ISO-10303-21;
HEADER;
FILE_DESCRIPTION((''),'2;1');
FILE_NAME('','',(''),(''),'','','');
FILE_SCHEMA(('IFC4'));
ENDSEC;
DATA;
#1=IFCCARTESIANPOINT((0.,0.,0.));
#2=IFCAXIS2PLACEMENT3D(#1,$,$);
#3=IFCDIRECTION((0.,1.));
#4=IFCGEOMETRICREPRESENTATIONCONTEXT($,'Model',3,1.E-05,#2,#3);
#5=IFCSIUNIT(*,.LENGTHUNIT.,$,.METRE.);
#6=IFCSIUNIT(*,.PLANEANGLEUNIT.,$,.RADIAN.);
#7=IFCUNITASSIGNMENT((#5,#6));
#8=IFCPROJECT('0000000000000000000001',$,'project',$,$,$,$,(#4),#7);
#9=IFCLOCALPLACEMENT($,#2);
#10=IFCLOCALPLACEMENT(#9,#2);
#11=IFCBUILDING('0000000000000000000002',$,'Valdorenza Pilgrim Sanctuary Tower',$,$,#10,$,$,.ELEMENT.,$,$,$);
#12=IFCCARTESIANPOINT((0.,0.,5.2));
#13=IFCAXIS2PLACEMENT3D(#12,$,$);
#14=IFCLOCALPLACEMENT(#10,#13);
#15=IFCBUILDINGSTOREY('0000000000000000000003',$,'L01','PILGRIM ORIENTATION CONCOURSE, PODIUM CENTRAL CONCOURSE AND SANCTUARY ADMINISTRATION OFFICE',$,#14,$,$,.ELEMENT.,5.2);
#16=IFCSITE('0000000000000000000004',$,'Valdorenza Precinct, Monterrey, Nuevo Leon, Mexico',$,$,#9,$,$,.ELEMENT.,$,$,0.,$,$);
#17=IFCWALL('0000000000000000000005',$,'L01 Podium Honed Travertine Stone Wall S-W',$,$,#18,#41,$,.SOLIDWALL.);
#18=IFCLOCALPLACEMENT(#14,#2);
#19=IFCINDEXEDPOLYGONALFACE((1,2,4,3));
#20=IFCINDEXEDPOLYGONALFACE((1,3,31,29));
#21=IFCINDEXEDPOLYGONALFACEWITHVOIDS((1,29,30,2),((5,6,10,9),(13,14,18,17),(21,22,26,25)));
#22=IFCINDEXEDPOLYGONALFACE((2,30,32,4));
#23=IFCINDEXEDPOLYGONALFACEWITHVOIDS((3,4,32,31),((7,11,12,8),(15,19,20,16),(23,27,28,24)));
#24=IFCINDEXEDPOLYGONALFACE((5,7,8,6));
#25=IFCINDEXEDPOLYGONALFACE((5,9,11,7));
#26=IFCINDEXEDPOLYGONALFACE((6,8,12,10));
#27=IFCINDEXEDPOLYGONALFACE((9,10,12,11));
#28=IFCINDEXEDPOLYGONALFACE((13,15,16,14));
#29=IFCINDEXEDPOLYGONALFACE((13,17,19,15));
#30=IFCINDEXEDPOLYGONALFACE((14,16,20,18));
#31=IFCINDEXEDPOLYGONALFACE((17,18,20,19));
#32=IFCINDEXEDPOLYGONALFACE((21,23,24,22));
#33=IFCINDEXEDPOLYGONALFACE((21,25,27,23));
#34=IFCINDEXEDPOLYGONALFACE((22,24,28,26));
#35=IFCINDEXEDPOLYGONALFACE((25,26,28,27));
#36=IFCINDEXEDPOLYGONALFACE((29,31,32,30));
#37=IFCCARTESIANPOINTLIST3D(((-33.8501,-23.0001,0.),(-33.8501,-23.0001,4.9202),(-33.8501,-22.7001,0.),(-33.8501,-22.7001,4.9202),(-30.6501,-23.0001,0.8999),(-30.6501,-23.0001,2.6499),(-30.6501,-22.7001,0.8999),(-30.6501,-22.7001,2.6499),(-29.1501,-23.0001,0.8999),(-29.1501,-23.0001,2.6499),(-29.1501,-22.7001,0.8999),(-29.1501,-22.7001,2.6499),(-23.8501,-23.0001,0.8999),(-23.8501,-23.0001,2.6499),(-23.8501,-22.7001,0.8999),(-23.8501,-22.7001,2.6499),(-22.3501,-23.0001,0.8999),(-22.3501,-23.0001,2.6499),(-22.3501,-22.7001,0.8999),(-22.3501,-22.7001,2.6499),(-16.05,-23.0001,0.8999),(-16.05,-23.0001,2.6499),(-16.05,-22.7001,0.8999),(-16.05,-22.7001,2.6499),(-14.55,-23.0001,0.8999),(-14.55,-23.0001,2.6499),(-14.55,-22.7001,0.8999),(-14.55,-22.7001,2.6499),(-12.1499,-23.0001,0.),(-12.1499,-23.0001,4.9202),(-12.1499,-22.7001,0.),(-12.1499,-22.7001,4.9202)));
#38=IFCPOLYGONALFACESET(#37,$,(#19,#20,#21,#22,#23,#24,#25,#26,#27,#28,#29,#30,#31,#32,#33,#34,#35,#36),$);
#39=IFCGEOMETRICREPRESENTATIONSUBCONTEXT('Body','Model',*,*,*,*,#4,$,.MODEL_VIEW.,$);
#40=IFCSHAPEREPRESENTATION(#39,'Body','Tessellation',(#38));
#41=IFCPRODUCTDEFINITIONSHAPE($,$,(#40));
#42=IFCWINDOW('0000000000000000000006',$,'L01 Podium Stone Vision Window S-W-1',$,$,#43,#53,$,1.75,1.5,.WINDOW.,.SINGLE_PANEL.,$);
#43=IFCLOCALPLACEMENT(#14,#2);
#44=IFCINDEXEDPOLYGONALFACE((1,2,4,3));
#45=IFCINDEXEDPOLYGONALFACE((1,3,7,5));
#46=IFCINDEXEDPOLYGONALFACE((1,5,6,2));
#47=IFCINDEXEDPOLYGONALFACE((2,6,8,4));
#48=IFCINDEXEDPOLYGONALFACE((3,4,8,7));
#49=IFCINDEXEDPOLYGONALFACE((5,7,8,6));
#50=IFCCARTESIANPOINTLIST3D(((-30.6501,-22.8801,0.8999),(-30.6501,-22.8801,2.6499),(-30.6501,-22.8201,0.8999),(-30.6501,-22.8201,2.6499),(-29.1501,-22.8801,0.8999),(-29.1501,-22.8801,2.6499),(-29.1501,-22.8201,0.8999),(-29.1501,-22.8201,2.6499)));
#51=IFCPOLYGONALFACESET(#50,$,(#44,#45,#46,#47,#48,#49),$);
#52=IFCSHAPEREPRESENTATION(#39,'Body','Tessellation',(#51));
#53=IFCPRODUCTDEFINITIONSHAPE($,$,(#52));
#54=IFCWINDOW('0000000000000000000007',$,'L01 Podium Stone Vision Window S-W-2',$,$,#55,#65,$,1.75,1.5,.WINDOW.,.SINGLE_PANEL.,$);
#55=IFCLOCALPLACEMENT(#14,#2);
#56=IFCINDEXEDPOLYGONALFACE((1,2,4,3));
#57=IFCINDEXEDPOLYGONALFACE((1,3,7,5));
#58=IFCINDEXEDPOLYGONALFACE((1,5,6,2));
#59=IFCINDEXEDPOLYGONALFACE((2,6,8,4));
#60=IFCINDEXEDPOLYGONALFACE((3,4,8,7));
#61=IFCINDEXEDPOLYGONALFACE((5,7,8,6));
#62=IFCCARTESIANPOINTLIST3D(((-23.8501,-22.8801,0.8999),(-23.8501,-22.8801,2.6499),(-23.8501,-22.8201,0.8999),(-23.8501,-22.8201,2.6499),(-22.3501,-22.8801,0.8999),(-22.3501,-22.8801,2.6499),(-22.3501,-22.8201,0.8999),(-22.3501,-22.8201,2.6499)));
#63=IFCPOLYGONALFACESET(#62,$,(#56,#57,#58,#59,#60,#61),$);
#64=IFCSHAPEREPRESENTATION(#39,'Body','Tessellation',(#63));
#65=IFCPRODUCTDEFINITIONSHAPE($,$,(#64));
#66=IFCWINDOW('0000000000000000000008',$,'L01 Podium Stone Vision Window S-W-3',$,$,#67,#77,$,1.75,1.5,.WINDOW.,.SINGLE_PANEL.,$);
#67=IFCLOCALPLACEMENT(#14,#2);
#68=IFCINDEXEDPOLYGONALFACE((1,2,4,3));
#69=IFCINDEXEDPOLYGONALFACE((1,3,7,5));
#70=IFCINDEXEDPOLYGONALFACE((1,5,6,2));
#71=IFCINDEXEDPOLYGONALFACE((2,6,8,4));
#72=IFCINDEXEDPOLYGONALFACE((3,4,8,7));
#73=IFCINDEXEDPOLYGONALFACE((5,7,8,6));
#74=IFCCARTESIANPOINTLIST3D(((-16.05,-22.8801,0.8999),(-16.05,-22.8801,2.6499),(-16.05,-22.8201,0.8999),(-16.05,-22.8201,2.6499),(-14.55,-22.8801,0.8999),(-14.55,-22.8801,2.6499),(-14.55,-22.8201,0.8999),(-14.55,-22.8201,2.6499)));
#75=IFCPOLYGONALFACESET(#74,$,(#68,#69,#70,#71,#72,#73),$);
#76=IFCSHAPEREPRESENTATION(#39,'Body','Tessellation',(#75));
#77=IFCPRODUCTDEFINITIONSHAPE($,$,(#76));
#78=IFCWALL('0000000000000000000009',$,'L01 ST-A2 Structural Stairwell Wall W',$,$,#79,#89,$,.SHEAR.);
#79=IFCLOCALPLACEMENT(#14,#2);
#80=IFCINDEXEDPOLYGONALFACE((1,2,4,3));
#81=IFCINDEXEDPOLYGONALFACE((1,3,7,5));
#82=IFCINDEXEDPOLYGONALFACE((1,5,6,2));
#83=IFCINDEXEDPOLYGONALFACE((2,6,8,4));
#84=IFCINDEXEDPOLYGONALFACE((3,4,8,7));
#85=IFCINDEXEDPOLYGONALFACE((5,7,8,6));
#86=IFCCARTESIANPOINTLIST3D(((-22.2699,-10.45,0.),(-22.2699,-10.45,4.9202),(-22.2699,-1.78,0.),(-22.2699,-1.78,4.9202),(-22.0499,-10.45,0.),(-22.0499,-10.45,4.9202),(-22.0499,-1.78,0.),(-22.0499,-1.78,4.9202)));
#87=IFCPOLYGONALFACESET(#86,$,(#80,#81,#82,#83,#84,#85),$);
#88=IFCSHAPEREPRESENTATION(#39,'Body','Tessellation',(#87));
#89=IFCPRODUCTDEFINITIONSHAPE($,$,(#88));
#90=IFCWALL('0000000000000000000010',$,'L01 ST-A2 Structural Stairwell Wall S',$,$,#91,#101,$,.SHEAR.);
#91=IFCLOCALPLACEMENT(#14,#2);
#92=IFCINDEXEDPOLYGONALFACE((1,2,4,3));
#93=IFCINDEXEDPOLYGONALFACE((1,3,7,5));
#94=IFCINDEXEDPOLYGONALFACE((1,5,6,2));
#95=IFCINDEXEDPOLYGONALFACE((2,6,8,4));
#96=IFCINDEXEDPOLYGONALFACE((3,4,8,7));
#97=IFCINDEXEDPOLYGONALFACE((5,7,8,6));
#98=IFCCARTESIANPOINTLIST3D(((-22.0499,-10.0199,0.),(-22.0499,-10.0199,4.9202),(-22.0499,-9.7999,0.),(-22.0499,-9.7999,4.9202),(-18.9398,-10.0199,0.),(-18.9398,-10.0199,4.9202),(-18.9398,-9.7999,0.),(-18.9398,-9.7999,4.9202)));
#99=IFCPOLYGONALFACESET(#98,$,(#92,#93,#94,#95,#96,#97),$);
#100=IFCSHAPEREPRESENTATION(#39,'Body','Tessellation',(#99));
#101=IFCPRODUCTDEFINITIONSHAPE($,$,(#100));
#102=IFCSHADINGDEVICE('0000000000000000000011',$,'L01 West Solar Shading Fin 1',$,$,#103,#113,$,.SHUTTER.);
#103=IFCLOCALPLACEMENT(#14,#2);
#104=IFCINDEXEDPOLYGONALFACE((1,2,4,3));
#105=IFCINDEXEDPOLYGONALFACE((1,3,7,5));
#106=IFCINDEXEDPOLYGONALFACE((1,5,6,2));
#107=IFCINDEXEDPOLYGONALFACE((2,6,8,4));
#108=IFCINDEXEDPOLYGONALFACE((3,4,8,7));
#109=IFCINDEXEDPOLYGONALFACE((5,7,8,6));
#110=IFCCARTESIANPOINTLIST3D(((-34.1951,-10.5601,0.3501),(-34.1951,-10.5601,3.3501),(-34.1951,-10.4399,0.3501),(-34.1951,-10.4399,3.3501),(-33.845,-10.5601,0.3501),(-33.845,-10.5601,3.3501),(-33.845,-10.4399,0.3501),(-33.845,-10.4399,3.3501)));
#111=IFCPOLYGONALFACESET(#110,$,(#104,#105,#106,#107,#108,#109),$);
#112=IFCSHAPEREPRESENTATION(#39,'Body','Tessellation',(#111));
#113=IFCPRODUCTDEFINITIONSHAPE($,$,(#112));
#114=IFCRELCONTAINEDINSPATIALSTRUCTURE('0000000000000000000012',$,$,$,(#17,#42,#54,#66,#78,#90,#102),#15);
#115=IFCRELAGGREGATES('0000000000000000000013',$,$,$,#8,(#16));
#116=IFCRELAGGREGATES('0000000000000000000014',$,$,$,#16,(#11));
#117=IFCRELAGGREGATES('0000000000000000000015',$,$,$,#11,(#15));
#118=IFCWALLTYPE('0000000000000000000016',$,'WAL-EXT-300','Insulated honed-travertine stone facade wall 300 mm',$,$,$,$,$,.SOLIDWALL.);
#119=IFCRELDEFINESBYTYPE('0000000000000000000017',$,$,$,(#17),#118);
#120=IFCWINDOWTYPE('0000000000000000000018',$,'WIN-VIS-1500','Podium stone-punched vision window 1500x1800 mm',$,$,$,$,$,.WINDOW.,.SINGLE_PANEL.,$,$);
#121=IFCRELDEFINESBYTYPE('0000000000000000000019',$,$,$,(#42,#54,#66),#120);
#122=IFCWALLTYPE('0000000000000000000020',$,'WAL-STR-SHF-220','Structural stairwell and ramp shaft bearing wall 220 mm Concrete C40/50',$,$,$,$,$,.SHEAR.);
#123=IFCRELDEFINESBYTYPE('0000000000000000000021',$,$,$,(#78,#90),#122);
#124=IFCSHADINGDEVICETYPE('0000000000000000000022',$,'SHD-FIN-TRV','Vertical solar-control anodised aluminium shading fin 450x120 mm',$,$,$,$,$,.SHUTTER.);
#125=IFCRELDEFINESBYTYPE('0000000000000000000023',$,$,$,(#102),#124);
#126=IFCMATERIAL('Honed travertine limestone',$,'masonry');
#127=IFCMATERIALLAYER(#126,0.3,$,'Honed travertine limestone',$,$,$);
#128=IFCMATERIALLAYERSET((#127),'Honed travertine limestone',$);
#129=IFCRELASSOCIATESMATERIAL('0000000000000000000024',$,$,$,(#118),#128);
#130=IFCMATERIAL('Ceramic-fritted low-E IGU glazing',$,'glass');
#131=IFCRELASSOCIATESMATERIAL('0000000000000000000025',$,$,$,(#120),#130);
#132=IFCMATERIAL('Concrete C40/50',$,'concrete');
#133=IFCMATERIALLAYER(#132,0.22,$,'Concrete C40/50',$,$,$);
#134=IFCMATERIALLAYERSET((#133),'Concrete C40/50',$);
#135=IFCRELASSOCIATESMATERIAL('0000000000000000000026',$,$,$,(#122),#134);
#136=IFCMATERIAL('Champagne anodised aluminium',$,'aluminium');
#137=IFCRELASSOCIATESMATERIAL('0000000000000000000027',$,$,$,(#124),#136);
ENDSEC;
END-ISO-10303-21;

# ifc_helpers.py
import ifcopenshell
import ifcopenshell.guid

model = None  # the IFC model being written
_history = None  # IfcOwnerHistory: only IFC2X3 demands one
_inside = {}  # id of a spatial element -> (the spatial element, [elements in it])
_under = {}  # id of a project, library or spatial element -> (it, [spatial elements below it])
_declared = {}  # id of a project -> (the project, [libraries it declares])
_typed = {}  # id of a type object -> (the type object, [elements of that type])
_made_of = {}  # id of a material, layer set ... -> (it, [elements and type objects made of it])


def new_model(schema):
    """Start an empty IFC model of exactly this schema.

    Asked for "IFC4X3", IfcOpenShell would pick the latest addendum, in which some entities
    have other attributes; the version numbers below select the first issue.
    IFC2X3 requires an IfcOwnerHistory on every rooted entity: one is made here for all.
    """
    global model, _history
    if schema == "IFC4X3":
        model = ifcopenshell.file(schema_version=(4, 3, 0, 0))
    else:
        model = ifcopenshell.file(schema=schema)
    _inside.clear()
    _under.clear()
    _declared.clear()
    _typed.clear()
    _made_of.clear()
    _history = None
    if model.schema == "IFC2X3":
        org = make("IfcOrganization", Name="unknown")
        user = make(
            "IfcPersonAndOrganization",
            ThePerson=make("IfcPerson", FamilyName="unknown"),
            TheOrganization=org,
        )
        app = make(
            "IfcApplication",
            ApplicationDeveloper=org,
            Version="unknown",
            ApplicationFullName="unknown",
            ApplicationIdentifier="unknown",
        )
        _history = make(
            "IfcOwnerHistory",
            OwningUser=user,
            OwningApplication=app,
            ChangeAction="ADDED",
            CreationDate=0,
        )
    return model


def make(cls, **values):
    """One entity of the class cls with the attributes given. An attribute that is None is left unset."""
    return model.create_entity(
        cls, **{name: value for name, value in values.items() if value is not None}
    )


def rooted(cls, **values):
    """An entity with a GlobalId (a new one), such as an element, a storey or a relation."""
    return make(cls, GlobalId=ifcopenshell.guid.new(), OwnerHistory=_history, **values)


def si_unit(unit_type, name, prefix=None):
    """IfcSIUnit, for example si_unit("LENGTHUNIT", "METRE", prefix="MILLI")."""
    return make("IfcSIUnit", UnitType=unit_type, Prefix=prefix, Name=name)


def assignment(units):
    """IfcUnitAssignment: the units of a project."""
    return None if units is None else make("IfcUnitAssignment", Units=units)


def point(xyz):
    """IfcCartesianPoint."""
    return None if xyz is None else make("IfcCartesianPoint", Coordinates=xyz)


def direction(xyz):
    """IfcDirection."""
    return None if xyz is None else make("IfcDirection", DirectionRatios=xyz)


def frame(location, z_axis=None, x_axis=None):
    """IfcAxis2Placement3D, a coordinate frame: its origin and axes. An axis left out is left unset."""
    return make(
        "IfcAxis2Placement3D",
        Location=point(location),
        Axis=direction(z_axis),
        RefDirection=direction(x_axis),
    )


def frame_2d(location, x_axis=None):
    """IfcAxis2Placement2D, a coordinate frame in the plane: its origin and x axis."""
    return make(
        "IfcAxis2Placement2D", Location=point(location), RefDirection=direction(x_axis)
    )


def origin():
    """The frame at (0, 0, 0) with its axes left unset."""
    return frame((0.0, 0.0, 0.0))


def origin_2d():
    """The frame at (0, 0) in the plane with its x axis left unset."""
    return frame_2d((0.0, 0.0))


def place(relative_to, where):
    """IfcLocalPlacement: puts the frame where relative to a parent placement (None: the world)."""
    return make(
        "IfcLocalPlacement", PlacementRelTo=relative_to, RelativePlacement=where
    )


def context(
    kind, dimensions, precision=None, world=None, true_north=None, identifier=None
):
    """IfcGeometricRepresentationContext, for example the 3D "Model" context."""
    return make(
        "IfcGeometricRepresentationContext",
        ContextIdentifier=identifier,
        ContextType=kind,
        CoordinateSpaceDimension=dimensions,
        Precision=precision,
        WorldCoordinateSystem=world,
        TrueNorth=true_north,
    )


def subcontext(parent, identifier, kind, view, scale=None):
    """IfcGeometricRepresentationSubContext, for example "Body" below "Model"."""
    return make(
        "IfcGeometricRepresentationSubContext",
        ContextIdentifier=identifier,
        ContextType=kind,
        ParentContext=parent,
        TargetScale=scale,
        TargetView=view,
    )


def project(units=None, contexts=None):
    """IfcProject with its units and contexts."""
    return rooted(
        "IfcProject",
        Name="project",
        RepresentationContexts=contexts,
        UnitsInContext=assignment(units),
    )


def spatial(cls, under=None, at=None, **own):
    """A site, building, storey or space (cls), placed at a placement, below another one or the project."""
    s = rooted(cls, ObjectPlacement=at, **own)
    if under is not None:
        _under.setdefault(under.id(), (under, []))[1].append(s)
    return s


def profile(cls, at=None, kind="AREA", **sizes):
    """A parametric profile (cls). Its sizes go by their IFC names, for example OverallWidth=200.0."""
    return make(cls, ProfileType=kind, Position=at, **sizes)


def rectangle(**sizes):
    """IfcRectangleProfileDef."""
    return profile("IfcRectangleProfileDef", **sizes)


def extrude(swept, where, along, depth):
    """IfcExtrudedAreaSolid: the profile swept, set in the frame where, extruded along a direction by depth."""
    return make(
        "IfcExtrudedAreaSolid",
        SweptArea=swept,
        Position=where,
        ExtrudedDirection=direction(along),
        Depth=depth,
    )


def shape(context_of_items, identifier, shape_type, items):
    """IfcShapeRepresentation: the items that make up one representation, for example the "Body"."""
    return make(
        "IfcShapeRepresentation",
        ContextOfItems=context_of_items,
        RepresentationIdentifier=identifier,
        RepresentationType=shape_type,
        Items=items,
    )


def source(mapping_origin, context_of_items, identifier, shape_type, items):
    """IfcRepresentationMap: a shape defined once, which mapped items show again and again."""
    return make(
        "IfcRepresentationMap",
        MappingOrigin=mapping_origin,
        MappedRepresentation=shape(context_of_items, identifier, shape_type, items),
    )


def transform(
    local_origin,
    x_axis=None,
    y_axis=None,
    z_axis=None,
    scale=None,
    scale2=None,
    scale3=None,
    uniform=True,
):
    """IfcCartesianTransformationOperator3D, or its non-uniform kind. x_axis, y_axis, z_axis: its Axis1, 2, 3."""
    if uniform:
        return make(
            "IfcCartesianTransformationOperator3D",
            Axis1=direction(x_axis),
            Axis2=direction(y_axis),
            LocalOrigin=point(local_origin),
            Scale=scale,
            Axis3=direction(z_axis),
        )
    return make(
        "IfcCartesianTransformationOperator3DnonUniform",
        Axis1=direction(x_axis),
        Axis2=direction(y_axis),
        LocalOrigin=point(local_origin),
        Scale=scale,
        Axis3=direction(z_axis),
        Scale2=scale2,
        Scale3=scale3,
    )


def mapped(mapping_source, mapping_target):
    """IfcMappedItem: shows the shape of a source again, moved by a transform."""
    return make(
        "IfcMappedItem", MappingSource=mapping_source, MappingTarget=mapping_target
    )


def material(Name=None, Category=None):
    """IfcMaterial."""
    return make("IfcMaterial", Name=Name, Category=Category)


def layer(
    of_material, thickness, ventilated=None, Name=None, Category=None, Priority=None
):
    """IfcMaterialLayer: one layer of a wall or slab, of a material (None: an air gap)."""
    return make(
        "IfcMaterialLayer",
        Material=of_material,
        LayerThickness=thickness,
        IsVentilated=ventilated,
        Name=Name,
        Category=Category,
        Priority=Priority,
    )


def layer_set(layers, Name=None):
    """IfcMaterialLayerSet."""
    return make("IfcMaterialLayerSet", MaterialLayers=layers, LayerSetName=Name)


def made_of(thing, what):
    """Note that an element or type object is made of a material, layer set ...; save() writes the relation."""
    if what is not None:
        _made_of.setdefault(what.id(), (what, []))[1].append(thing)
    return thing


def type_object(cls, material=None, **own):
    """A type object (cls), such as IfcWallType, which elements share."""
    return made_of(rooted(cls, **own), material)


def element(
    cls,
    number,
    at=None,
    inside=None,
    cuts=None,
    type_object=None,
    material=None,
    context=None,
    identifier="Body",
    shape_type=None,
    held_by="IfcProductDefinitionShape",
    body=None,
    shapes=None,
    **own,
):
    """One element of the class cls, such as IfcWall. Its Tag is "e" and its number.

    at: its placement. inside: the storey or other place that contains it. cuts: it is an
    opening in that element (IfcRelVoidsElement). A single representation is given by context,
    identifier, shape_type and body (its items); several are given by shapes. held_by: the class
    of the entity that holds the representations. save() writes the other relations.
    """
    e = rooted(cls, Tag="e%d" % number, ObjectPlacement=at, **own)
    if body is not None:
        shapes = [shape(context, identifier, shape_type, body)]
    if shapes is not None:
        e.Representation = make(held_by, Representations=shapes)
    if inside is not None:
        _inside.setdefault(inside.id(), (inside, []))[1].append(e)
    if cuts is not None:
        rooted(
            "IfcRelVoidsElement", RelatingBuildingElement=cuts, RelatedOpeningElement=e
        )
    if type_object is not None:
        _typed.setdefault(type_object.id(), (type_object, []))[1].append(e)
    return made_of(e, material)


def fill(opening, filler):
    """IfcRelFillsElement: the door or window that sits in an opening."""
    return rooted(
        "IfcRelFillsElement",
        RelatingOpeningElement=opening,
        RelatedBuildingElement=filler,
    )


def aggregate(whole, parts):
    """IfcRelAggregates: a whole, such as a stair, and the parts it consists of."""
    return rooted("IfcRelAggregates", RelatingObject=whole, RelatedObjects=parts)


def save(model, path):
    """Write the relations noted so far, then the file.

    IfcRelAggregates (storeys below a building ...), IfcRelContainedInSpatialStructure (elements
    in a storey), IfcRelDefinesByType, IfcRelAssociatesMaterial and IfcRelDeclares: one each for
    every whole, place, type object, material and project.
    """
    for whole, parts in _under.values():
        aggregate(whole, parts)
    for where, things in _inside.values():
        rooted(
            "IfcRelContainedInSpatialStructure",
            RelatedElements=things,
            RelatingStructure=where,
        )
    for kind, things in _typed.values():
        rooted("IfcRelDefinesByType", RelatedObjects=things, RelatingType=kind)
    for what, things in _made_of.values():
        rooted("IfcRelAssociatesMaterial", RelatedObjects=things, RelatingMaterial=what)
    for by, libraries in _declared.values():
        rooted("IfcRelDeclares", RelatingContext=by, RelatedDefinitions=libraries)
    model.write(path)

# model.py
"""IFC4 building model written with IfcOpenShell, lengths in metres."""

from ifc_helpers import new_model, si_unit, direction, frame, frame_2d, origin, origin_2d, place, context, subcontext, project, spatial, rectangle, extrude, source, transform, mapped, material, layer, layer_set, type_object, element, fill, save


model = new_model("IFC4")

# Units and contexts
model_context = context("Model", 3, precision=1e-05, world=origin(), true_north=direction((0.0, 1.0)))
body_context = subcontext(model_context, "Body", "Model", "MODEL_VIEW")
ifc_project = project(units=[si_unit("LENGTHUNIT", "METRE"), si_unit("PLANEANGLEUNIT", "RADIAN")], contexts=[model_context])

# Site, building, storey
site_placement = place(None, origin())
site = spatial("IfcSite", under=ifc_project, at=site_placement, Name="Valdorenza Precinct, Monterrey, Nuevo Leon, Mexico", CompositionType="ELEMENT", RefElevation=0.0)
building_placement = place(site_placement, origin())
building = spatial("IfcBuilding", under=site, at=building_placement, Name="Valdorenza Pilgrim Sanctuary Tower", CompositionType="ELEMENT")
storey_placement = place(building_placement, frame((0.0, 0.0, 5.2)))
storey = spatial("IfcBuildingStorey", under=building, at=storey_placement, Name="L01", Description="PILGRIM ORIENTATION CONCOURSE, PODIUM CENTRAL CONCOURSE AND SANCTUARY ADMINISTRATION OFFICE", CompositionType="ELEMENT", Elevation=5.2)

# Wall, openings, windows
ifc_material_1 = material(Name="Honed travertine limestone", Category="masonry")
ifc_layer_1 = layer(ifc_material_1, 0.3, Name="Honed travertine limestone")
ifc_layer_set_1 = layer_set([ifc_layer_1], Name="Honed travertine limestone")
wall_type_1 = type_object("IfcWallType", Name="WAL-EXT-300", Description="Insulated honed-travertine stone facade wall 300 mm", PredefinedType="SOLIDWALL", material=ifc_layer_set_1)
ifc_material_2 = material(Name="Ceramic-fritted low-E IGU glazing", Category="glass")
window_type = type_object("IfcWindowType", Name="WIN-VIS-1500", Description="Podium stone-punched vision window 1500x1800 mm", PartitioningType="SINGLE_PANEL", PredefinedType="WINDOW", material=ifc_material_2)
wall_1_placement = place(storey_placement, frame((-33.8501, -22.8501, 0.0), z_axis=(0.0, 0.0, 1.0), x_axis=(1.0, 0.0, 0.0)))
wall_1 = element("IfcWall", 1, at=wall_1_placement, inside=storey, type_object=wall_type_1, Name="L01 Podium Honed Travertine Stone Wall S-W", PredefinedType="SOLIDWALL", context=body_context, shape_type="SweptSolid", body=[
    extrude(rectangle(XDim=21.7002, YDim=0.3, at=frame_2d((10.8501, 0.0))), origin(), (0.0, 0.0, 1.0), 4.9202),
])
opening_1_placement = place(wall_1_placement, frame((3.2, 0.0, 0.8999)))
opening_1 = element("IfcOpeningElement", 2, at=opening_1_placement, cuts=wall_1, PredefinedType="OPENING", context=body_context, shape_type="SweptSolid", body=[
    extrude(rectangle(XDim=1.5, YDim=1.75, at=frame_2d((0.75, 0.875))), frame((0.0, 0.165, 0.0), z_axis=(0.0, -1.0, 0.0), x_axis=(1.0, 0.0, 0.0)), (0.0, 0.0, 1.0), 0.3298),
])
opening_2_placement = place(wall_1_placement, frame((10.0, 0.0, 0.8999)))
opening_2 = element("IfcOpeningElement", 3, at=opening_2_placement, cuts=wall_1, PredefinedType="OPENING", context=body_context, shape_type="SweptSolid", body=[
    extrude(rectangle(XDim=1.5, YDim=1.75, at=frame_2d((0.75, 0.875))), frame((0.0, 0.165, 0.0), z_axis=(0.0, -1.0, 0.0), x_axis=(1.0, 0.0, 0.0)), (0.0, 0.0, 1.0), 0.3298),
])
opening_3_placement = place(wall_1_placement, frame((17.8, 0.0, 0.8999)))
opening_3 = element("IfcOpeningElement", 4, at=opening_3_placement, cuts=wall_1, PredefinedType="OPENING", context=body_context, shape_type="SweptSolid", body=[
    extrude(rectangle(XDim=1.5, YDim=1.75, at=frame_2d((0.75, 0.875))), frame((0.0, 0.165, 0.0), z_axis=(0.0, -1.0, 0.0), x_axis=(1.0, 0.0, 0.0)), (0.0, 0.0, 1.0), 0.3298),
])
window_1_placement = place(opening_1_placement, origin())
window_1 = element("IfcWindow", 5, at=window_1_placement, inside=storey, type_object=window_type, Name="L01 Podium Stone Vision Window S-W-1", OverallHeight=1.75, OverallWidth=1.5, PartitioningType="SINGLE_PANEL", PredefinedType="WINDOW", context=body_context, shape_type="SweptSolid", body=[
    extrude(rectangle(XDim=1.5, YDim=1.75, at=frame_2d((0.75, 0.875))), frame((0.0, 0.03, 0.0), z_axis=(0.0, -1.0, 0.0), x_axis=(1.0, 0.0, 0.0)), (0.0, 0.0, 1.0), 0.0601),
])
fill(opening_1, window_1)
window_2_placement = place(opening_2_placement, origin())
window_2 = element("IfcWindow", 6, at=window_2_placement, inside=storey, type_object=window_type, Name="L01 Podium Stone Vision Window S-W-2", OverallHeight=1.75, OverallWidth=1.5, PartitioningType="SINGLE_PANEL", PredefinedType="WINDOW", context=body_context, shape_type="SweptSolid", body=[
    extrude(rectangle(XDim=1.5, YDim=1.75, at=frame_2d((0.75, 0.875))), frame((0.0, 0.03, 0.0), z_axis=(0.0, -1.0, 0.0), x_axis=(1.0, 0.0, 0.0)), (0.0, 0.0, 1.0), 0.0601),
])
fill(opening_2, window_2)
window_3_placement = place(opening_3_placement, origin())
window_3 = element("IfcWindow", 7, at=window_3_placement, inside=storey, type_object=window_type, Name="L01 Podium Stone Vision Window S-W-3", OverallHeight=1.75, OverallWidth=1.5, PartitioningType="SINGLE_PANEL", PredefinedType="WINDOW", context=body_context, shape_type="SweptSolid", body=[
    extrude(rectangle(XDim=1.5, YDim=1.75, at=frame_2d((0.75, 0.875))), frame((0.0, 0.03, 0.0), z_axis=(0.0, -1.0, 0.0), x_axis=(1.0, 0.0, 0.0)), (0.0, 0.0, 1.0), 0.0601),
])
fill(opening_3, window_3)

# Walls
ifc_material_3 = material(Name="Concrete C40/50", Category="concrete")
ifc_layer_2 = layer(ifc_material_3, 0.22, Name="Concrete C40/50")
ifc_layer_set_2 = layer_set([ifc_layer_2], Name="Concrete C40/50")
wall_type_2 = type_object("IfcWallType", Name="WAL-STR-SHF-220", Description="Structural stairwell and ramp shaft bearing wall 220 mm Concrete C40/50", PredefinedType="SHEAR", material=ifc_layer_set_2)
wall_2_placement = place(storey_placement, frame((-22.1599, -10.45, 0.0), z_axis=(0.0, 0.0, 1.0), x_axis=(0.0, 1.0, 0.0)))
element("IfcWall", 8, at=wall_2_placement, inside=storey, type_object=wall_type_2, Name="L01 ST-A2 Structural Stairwell Wall W", PredefinedType="SHEAR", context=body_context, shape_type="SweptSolid", body=[
    extrude(rectangle(XDim=8.6699, YDim=0.22, at=frame_2d((4.335, 0.0))), origin(), (0.0, 0.0, 1.0), 4.9202),
])
wall_3_placement = place(storey_placement, frame((-22.05, -9.9099, 0.0), z_axis=(0.0, 0.0, 1.0), x_axis=(1.0, 0.0, 0.0)))
element("IfcWall", 9, at=wall_3_placement, inside=storey, type_object=wall_type_2, Name="L01 ST-A2 Structural Stairwell Wall S", PredefinedType="SHEAR", context=body_context, shape_type="SweptSolid", body=[
    extrude(rectangle(XDim=3.1101, YDim=0.22, at=frame_2d((1.5552, 0.0))), origin(), (0.0, 0.0, 1.0), 4.9202),
])

# Shading device
ifc_material_4 = material(Name="Champagne anodised aluminium", Category="aluminium")
shading_device_type = type_object("IfcShadingDeviceType", Name="SHD-FIN-TRV", Description="Vertical solar-control anodised aluminium shading fin 450x120 mm", PredefinedType="SHUTTER", material=ifc_material_4)
shared_shape_1 = source(origin(), body_context, "Body", "SweptSolid", [
    extrude(rectangle(XDim=0.3501, YDim=0.1201, at=origin_2d()), origin(), (0.0, 0.0, 1.0), 3.0),
])
shading_device_placement = place(storey_placement, frame((-34.02, -10.5, 0.3501), z_axis=(0.0, 0.0, 1.0), x_axis=(1.0, 0.0, 0.0)))
element("IfcShadingDevice", 10, at=shading_device_placement, inside=storey, type_object=shading_device_type, Name="L01 West Solar Shading Fin 1", PredefinedType="SHUTTER", context=body_context, shape_type="MappedRepresentation", body=[
    mapped(shared_shape_1, transform((0.0, 0.0, 0.0), x_axis=(1.0, 0.0, 0.0), y_axis=(0.0, 1.0, 0.0), z_axis=(0.0, 0.0, 1.0), scale=1.0)),
])

save(model, "model.ifc")
